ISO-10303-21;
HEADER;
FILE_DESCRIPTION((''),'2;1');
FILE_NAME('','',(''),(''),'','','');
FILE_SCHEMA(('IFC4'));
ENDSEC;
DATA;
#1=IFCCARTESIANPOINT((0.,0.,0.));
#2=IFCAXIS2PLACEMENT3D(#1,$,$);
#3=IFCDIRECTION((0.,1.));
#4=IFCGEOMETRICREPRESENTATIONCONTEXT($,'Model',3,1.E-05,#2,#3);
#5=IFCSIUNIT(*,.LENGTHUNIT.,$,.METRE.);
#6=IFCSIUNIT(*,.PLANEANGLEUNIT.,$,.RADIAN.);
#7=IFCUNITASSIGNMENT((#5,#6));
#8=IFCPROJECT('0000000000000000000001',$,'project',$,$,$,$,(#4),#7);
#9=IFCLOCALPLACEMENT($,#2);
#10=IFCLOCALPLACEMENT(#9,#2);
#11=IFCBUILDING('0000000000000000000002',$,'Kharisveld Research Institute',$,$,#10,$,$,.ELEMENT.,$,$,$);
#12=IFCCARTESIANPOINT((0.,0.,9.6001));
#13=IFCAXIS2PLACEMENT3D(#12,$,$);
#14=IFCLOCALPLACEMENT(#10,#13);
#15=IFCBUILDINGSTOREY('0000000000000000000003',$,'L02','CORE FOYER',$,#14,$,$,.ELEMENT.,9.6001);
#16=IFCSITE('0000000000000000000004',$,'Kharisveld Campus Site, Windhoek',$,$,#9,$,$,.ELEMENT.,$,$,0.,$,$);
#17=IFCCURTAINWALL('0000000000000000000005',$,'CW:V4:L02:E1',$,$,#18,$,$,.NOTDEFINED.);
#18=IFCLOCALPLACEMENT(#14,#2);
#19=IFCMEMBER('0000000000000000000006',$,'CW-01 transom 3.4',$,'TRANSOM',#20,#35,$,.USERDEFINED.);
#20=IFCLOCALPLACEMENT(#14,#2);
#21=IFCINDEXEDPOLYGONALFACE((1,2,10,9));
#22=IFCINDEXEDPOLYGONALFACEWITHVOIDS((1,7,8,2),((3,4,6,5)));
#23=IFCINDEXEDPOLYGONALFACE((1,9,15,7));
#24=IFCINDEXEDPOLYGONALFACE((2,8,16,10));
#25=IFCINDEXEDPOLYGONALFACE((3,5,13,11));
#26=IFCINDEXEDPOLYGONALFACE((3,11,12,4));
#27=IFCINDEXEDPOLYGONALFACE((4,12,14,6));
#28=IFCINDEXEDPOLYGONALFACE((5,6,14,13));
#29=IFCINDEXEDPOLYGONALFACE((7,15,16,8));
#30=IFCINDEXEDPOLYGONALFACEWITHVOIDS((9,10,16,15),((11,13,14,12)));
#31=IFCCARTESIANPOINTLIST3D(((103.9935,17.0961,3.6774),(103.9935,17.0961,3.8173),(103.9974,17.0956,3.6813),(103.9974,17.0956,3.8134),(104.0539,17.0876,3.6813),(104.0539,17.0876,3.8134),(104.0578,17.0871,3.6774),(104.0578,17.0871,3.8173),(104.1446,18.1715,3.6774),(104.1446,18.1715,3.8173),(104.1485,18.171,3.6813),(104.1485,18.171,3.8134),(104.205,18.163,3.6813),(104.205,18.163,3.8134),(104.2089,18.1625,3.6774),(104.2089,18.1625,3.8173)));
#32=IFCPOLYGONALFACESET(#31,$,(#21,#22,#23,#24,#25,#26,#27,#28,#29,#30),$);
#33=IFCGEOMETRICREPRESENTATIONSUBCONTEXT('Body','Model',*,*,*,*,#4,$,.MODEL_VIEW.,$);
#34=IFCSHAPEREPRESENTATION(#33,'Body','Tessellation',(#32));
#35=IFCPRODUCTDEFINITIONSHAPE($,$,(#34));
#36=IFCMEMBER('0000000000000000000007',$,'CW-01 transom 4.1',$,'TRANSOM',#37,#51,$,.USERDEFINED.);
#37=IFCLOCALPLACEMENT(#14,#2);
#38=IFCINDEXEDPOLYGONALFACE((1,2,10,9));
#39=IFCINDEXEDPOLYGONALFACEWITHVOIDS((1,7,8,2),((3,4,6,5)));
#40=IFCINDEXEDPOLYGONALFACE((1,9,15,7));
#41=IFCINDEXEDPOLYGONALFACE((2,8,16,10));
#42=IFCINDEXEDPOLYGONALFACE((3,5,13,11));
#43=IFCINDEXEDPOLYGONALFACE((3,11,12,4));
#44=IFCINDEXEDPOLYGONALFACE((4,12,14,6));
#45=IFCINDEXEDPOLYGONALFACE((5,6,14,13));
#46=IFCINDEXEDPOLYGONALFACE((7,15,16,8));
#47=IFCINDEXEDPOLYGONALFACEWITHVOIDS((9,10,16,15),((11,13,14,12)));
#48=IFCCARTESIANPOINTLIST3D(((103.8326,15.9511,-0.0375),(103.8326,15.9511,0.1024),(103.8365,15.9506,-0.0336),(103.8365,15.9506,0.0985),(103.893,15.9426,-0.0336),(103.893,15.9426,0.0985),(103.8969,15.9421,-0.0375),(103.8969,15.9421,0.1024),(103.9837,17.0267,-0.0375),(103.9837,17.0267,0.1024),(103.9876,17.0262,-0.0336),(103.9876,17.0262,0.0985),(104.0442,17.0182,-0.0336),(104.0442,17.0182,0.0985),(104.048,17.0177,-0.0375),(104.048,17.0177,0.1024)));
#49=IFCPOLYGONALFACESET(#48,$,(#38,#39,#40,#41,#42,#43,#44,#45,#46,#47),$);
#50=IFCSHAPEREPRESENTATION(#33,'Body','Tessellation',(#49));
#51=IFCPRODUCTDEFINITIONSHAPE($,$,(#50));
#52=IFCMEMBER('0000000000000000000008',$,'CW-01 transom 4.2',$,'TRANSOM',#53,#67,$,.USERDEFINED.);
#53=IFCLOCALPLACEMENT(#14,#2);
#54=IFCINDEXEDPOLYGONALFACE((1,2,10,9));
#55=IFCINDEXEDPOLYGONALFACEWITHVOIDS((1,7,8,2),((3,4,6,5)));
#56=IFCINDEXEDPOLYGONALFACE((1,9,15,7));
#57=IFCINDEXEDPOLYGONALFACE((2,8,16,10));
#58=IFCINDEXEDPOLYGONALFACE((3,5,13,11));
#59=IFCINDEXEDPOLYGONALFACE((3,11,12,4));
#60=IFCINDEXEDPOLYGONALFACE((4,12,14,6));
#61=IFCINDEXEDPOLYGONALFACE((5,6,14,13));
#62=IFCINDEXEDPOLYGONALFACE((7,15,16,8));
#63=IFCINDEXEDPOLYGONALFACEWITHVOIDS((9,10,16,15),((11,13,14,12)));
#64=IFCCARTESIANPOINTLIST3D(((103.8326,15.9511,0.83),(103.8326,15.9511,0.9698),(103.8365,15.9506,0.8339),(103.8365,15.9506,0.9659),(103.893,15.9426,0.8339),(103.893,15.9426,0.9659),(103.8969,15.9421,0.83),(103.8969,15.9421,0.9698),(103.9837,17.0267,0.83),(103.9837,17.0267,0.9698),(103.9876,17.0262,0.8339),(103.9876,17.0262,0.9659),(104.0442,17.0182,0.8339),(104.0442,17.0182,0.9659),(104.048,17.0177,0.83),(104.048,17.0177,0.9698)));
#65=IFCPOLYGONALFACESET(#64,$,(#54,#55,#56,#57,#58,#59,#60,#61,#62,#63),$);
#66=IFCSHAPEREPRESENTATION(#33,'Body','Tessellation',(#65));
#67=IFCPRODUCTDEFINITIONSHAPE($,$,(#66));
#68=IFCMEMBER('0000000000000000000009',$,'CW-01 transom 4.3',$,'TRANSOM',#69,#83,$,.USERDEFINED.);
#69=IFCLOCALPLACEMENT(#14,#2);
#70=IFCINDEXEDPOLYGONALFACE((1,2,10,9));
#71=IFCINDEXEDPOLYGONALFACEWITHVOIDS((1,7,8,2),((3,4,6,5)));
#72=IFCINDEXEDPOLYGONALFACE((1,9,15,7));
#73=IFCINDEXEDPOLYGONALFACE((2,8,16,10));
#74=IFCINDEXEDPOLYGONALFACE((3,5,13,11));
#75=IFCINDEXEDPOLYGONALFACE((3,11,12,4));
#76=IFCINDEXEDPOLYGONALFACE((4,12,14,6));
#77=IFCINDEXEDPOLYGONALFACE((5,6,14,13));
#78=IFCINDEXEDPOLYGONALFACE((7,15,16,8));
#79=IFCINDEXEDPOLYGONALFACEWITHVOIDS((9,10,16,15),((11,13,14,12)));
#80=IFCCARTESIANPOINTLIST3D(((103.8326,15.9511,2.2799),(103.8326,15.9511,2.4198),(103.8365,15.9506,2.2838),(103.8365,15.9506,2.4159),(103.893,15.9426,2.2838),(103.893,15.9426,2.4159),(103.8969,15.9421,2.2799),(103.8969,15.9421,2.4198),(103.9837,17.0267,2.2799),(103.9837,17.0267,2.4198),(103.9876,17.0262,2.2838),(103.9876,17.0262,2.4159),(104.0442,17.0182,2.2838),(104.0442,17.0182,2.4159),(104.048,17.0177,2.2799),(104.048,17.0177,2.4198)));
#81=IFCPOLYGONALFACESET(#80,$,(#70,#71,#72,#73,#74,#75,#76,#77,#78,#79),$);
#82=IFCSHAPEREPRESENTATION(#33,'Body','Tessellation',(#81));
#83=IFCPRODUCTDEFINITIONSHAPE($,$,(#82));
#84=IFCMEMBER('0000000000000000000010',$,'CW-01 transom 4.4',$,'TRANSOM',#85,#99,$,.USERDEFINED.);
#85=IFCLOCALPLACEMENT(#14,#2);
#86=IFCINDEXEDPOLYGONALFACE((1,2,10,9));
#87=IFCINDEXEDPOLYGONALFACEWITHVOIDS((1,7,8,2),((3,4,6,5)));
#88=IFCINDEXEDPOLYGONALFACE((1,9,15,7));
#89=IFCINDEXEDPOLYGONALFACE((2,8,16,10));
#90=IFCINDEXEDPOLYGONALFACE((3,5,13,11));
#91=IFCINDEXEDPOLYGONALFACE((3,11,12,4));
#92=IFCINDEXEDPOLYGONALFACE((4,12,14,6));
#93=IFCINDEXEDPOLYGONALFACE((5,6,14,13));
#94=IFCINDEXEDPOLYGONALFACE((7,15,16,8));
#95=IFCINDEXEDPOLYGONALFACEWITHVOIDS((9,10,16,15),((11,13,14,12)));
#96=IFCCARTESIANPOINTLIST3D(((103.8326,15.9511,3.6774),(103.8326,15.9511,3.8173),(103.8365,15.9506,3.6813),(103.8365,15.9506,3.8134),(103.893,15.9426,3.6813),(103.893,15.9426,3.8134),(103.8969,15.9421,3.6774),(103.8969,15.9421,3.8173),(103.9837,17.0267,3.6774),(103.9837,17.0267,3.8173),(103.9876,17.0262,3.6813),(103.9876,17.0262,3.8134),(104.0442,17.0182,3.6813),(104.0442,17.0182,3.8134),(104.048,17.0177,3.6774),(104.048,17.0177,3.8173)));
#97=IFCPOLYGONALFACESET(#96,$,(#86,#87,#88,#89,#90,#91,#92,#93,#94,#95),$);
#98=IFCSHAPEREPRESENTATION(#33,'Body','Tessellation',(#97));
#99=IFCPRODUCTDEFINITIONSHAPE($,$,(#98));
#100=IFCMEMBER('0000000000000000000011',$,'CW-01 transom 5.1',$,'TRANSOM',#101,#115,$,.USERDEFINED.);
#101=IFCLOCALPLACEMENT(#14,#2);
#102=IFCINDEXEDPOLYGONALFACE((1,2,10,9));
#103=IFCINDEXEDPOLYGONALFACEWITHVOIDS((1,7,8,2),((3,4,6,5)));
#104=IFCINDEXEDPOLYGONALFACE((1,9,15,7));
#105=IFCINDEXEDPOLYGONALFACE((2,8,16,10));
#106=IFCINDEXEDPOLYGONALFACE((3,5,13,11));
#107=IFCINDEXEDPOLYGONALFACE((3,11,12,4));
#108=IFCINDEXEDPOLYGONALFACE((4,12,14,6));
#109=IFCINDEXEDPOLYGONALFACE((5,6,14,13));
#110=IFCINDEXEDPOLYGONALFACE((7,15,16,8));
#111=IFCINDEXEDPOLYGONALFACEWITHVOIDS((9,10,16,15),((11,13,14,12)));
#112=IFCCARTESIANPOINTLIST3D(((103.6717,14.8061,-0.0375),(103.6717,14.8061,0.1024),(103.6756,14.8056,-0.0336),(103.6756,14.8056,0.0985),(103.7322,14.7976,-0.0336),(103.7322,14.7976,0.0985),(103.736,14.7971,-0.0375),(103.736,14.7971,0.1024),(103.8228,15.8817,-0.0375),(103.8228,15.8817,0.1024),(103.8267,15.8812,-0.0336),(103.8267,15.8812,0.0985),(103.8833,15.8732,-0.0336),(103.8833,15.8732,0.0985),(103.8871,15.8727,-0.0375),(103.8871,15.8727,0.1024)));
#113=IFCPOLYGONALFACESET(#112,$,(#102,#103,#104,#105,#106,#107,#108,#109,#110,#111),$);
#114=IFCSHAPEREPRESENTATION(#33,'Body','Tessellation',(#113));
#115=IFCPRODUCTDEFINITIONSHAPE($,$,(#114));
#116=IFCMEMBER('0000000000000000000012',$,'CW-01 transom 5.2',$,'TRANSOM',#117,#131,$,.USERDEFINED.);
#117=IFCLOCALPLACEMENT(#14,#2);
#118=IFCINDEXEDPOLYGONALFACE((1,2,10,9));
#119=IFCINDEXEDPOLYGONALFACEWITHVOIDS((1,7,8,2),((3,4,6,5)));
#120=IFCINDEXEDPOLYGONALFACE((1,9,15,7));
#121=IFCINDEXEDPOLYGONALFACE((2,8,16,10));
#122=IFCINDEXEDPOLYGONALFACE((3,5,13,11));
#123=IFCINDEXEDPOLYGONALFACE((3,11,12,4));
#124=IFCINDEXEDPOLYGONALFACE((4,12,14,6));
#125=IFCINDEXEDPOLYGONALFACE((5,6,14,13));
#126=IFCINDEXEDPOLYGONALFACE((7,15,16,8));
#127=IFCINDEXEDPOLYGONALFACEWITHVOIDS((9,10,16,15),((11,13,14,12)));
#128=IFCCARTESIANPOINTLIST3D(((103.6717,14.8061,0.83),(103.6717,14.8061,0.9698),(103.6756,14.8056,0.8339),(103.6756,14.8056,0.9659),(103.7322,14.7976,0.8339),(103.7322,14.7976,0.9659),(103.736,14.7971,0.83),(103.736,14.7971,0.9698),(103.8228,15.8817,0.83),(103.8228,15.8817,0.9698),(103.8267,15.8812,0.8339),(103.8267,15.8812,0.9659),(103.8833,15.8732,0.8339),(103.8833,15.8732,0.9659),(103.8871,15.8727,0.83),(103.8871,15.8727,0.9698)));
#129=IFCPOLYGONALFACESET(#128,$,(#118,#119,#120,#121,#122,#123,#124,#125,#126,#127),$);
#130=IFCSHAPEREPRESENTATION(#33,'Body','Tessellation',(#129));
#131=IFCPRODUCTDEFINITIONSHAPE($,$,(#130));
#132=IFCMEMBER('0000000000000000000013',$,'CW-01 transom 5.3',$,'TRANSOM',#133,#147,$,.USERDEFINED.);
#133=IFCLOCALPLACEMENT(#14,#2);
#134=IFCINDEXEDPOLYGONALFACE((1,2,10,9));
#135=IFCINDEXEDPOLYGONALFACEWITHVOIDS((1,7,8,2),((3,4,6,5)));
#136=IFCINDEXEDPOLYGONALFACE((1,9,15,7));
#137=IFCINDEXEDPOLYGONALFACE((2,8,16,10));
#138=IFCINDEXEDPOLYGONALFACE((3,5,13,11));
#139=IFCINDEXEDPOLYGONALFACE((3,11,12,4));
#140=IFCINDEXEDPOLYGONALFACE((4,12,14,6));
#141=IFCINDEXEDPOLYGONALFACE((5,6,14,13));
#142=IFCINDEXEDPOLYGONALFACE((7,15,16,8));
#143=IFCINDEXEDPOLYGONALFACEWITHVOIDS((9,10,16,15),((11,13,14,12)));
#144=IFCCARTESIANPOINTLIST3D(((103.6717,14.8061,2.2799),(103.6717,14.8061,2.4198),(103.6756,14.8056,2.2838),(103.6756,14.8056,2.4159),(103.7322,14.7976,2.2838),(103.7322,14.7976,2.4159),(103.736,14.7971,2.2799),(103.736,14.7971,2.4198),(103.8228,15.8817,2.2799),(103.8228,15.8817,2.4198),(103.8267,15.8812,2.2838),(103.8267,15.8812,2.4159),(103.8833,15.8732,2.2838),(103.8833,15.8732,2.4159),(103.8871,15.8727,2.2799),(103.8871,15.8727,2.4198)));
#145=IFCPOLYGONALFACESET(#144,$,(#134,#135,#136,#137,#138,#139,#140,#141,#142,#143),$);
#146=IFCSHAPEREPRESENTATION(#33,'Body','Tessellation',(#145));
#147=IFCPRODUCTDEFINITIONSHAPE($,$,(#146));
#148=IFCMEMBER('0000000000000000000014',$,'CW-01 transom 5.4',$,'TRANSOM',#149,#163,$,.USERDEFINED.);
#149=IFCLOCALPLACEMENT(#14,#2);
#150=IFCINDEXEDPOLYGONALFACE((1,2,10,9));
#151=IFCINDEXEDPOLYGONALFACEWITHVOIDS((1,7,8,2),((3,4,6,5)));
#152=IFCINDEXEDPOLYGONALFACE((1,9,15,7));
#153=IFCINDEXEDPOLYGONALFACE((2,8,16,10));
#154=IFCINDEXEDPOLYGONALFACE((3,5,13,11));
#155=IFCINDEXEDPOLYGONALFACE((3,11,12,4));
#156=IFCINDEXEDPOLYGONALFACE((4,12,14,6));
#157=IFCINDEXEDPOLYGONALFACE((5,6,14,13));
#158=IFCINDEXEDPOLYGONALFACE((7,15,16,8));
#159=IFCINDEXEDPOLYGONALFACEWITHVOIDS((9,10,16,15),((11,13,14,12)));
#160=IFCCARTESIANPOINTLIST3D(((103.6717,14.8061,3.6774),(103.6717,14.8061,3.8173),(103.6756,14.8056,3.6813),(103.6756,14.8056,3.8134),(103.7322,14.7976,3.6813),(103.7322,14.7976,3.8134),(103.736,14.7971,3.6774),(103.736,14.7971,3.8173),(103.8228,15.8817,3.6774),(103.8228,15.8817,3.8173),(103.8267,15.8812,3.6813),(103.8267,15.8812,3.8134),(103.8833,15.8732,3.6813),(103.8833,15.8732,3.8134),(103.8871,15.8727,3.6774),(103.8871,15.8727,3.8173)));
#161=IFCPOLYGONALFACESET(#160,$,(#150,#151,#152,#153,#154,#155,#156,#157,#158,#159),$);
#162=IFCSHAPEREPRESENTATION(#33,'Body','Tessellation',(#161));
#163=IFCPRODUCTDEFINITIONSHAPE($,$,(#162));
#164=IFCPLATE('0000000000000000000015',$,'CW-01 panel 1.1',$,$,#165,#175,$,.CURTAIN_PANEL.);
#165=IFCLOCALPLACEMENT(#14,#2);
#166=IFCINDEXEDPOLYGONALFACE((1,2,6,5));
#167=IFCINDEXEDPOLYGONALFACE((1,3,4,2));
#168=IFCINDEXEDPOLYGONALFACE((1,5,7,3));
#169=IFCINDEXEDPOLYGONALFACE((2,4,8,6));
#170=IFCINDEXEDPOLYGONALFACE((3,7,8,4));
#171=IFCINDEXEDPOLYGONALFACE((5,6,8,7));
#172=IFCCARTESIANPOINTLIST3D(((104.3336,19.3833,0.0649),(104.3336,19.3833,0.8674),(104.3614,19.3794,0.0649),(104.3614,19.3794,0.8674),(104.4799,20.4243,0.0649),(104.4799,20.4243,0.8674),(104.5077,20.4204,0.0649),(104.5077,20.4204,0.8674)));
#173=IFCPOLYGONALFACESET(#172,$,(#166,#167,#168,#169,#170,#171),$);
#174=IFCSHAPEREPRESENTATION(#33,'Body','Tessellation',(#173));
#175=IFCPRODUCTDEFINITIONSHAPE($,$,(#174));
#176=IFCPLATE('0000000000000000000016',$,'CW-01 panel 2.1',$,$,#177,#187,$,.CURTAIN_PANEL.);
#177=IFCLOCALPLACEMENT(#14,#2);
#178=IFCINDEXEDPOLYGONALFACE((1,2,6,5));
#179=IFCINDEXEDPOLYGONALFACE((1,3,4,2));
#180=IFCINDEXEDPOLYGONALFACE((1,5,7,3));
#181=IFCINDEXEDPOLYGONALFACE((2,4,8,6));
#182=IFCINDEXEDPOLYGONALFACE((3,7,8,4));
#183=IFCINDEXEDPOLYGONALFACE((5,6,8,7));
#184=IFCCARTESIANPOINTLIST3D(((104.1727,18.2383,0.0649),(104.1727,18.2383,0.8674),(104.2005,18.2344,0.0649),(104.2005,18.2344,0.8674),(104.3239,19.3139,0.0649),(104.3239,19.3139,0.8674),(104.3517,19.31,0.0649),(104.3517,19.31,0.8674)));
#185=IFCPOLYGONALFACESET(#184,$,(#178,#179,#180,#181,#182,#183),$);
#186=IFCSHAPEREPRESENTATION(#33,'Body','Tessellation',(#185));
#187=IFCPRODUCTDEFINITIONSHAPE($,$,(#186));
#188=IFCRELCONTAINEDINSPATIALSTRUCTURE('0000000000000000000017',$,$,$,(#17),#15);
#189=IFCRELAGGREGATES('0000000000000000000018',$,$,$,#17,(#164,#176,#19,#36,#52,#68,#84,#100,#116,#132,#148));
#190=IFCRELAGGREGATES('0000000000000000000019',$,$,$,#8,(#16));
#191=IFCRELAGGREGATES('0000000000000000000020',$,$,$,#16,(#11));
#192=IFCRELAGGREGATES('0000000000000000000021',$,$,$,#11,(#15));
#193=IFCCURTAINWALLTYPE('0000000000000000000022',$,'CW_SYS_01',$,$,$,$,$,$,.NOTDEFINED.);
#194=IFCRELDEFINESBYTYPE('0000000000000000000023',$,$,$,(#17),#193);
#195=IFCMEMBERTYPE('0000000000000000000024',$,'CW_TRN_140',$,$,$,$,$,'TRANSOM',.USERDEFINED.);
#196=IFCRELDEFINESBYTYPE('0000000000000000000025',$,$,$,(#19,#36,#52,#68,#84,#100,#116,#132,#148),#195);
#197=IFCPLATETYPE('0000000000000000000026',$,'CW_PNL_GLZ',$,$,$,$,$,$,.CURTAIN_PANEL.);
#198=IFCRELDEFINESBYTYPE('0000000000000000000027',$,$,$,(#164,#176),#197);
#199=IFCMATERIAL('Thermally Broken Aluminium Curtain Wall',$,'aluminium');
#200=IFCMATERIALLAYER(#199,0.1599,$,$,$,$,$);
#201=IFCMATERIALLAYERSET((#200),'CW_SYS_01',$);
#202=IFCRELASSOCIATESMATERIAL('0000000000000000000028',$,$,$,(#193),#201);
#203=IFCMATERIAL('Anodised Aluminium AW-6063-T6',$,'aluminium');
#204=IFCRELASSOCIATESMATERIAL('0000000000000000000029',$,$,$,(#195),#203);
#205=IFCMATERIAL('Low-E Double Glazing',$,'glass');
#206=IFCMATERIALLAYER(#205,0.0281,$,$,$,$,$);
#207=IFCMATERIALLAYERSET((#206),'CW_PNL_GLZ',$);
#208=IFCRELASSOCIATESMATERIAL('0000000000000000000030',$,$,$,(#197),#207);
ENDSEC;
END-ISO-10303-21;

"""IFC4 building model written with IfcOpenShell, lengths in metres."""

from ifc_helpers import new_model, si_unit, direction, frame, origin, origin_2d, place, context, subcontext, project, spatial, rectangle, hollow_rectangle, extrude, material, layer, layer_set, material_profile, profile_set, type_object, element, aggregate, save


model = new_model("IFC4")

# Units and contexts
model_context = context("Model", 3, precision=1e-05, world=origin(), true_north=direction((0.0, 1.0)))
body_context = subcontext(model_context, "Body", "Model", "MODEL_VIEW")
ifc_project = project(units=[si_unit("LENGTHUNIT", "METRE"), si_unit("PLANEANGLEUNIT", "RADIAN")], contexts=[model_context])

# Site, building, storey
site_placement = place(None, origin())
site = spatial("IfcSite", under=ifc_project, at=site_placement, Name="Kharisveld Campus Site, Windhoek", CompositionType="ELEMENT", RefElevation=0.0)
building_placement = place(site_placement, origin())
building = spatial("IfcBuilding", under=site, at=building_placement, Name="Kharisveld Research Institute", CompositionType="ELEMENT")
storey_placement = place(building_placement, frame((0.0, 0.0, 9.6001)))
storey = spatial("IfcBuildingStorey", under=building, at=storey_placement, Name="L02", Description="CORE FOYER", CompositionType="ELEMENT", Elevation=9.6001)

# Curtain wall, members, plates
ifc_material_1 = material(Name="Thermally Broken Aluminium Curtain Wall", Category="aluminium")
ifc_layer_1 = layer(ifc_material_1, 0.1599)
ifc_layer_set_1 = layer_set([ifc_layer_1], Name="CW_SYS_01")
curtain_wall_type = type_object("IfcCurtainWallType", Name="CW_SYS_01", PredefinedType="NOTDEFINED", material=ifc_layer_set_1)
curtain_wall_placement = place(storey_placement, origin())
curtain_wall = element("IfcCurtainWall", 1, at=curtain_wall_placement, inside=storey, type_object=curtain_wall_type, Name="CW:V4:L02:E1", PredefinedType="NOTDEFINED")
ifc_material_2 = material(Name="Anodised Aluminium AW-6063-T6", Category="aluminium")
ifc_material_profile_1 = material_profile(ifc_material_2, hollow_rectangle(XDim=0.0649, YDim=0.1399, WallThickness=0.0039, at=origin_2d()))
ifc_profile_set_1 = profile_set([ifc_material_profile_1], Name="Anodised Aluminium AW-6063-T6")
member_type_1 = type_object("IfcMemberType", Name="CW_TRN_140", ElementType="TRANSOM", PredefinedType="USERDEFINED", material=ifc_profile_set_1)
member_1_placement = place(storey_placement, frame((104.1768, 18.167, 3.7473), z_axis=(-0.139155, -0.990271, 0.0), x_axis=(0.990271, -0.139155, 0.0)))
member_1 = element("IfcMember", 2, at=member_1_placement, type_object=member_type_1, Name="CW-01 transom 3.4", ObjectType="TRANSOM", PredefinedType="USERDEFINED", context=body_context, shape_type="SweptSolid", body=[
    extrude(hollow_rectangle(XDim=0.0649, YDim=0.1399, WallThickness=0.0039, at=origin_2d()), origin(), (0.0, 0.0, 1.0), 1.0859),
])
member_2_placement = place(storey_placement, frame((104.0159, 17.0222, 0.0325), z_axis=(-0.139124, -0.990275, 0.0), x_axis=(0.990275, -0.139124, 0.0)))
member_2 = element("IfcMember", 3, at=member_2_placement, type_object=member_type_1, Name="CW-01 transom 4.1", ObjectType="TRANSOM", PredefinedType="USERDEFINED", context=body_context, shape_type="SweptSolid", body=[
    extrude(hollow_rectangle(XDim=0.0649, YDim=0.1399, WallThickness=0.0039, at=origin_2d()), origin(), (0.0, 0.0, 1.0), 1.0862),
])
member_3_placement = place(storey_placement, frame((104.0159, 17.0222, 0.8999), z_axis=(-0.139124, -0.990275, 0.0), x_axis=(0.990275, -0.139124, 0.0)))
member_3 = element("IfcMember", 4, at=member_3_placement, type_object=member_type_1, Name="CW-01 transom 4.2", ObjectType="TRANSOM", PredefinedType="USERDEFINED", context=body_context, shape_type="SweptSolid", body=[
    extrude(hollow_rectangle(XDim=0.0649, YDim=0.1399, WallThickness=0.0039, at=origin_2d()), origin(), (0.0, 0.0, 1.0), 1.0862),
])
member_4_placement = place(storey_placement, frame((104.0159, 17.0222, 2.3499), z_axis=(-0.139124, -0.990275, 0.0), x_axis=(0.990275, -0.139124, 0.0)))
member_4 = element("IfcMember", 5, at=member_4_placement, type_object=member_type_1, Name="CW-01 transom 4.3", ObjectType="TRANSOM", PredefinedType="USERDEFINED", context=body_context, shape_type="SweptSolid", body=[
    extrude(hollow_rectangle(XDim=0.0649, YDim=0.1399, WallThickness=0.0039, at=origin_2d()), origin(), (0.0, 0.0, 1.0), 1.0862),
])
member_5_placement = place(storey_placement, frame((104.0159, 17.0222, 3.7473), z_axis=(-0.139124, -0.990275, 0.0), x_axis=(0.990275, -0.139124, 0.0)))
member_5 = element("IfcMember", 6, at=member_5_placement, type_object=member_type_1, Name="CW-01 transom 4.4", ObjectType="TRANSOM", PredefinedType="USERDEFINED", context=body_context, shape_type="SweptSolid", body=[
    extrude(hollow_rectangle(XDim=0.0649, YDim=0.1399, WallThickness=0.0039, at=origin_2d()), origin(), (0.0, 0.0, 1.0), 1.0862),
])
member_6_placement = place(storey_placement, frame((103.855, 15.8772, 0.0325), z_axis=(-0.139124, -0.990275, 0.0), x_axis=(0.990275, -0.139124, 0.0)))
member_6 = element("IfcMember", 7, at=member_6_placement, type_object=member_type_1, Name="CW-01 transom 5.1", ObjectType="TRANSOM", PredefinedType="USERDEFINED", context=body_context, shape_type="SweptSolid", body=[
    extrude(hollow_rectangle(XDim=0.0649, YDim=0.1399, WallThickness=0.0039, at=origin_2d()), origin(), (0.0, 0.0, 1.0), 1.0862),
])
member_7_placement = place(storey_placement, frame((103.855, 15.8772, 0.8999), z_axis=(-0.139124, -0.990275, 0.0), x_axis=(0.990275, -0.139124, 0.0)))
member_7 = element("IfcMember", 8, at=member_7_placement, type_object=member_type_1, Name="CW-01 transom 5.2", ObjectType="TRANSOM", PredefinedType="USERDEFINED", context=body_context, shape_type="SweptSolid", body=[
    extrude(hollow_rectangle(XDim=0.0649, YDim=0.1399, WallThickness=0.0039, at=origin_2d()), origin(), (0.0, 0.0, 1.0), 1.0862),
])
member_8_placement = place(storey_placement, frame((103.855, 15.8772, 2.3499), z_axis=(-0.139124, -0.990275, 0.0), x_axis=(0.990275, -0.139124, 0.0)))
member_8 = element("IfcMember", 9, at=member_8_placement, type_object=member_type_1, Name="CW-01 transom 5.3", ObjectType="TRANSOM", PredefinedType="USERDEFINED", context=body_context, shape_type="SweptSolid", body=[
    extrude(hollow_rectangle(XDim=0.0649, YDim=0.1399, WallThickness=0.0039, at=origin_2d()), origin(), (0.0, 0.0, 1.0), 1.0862),
])
member_9_placement = place(storey_placement, frame((103.855, 15.8772, 3.7473), z_axis=(-0.139124, -0.990275, 0.0), x_axis=(0.990275, -0.139124, 0.0)))
member_9 = element("IfcMember", 10, at=member_9_placement, type_object=member_type_1, Name="CW-01 transom 5.4", ObjectType="TRANSOM", PredefinedType="USERDEFINED", context=body_context, shape_type="SweptSolid", body=[
    extrude(hollow_rectangle(XDim=0.0649, YDim=0.1399, WallThickness=0.0039, at=origin_2d()), origin(), (0.0, 0.0, 1.0), 1.0862),
])
ifc_material_3 = material(Name="Low-E Double Glazing", Category="glass")
ifc_layer_2 = layer(ifc_material_3, 0.0281)
ifc_layer_set_2 = layer_set([ifc_layer_2], Name="CW_PNL_GLZ")
plate_type = type_object("IfcPlateType", Name="CW_PNL_GLZ", PredefinedType="CURTAIN_PANEL", material=ifc_layer_set_2)
plate_1_placement = place(storey_placement, frame((104.4207, 19.9019, 0.0649), z_axis=(0.0, 0.0, 1.0), x_axis=(-0.139173, -0.990268, 0.0)))
plate_1 = element("IfcPlate", 11, at=plate_1_placement, type_object=plate_type, Name="CW-01 panel 1.1", PredefinedType="CURTAIN_PANEL", context=body_context, shape_type="SweptSolid", body=[
    extrude(rectangle(XDim=1.0513, YDim=0.0281, at=origin_2d()), origin(), (0.0, 0.0, 1.0), 0.8025),
])
plate_2_placement = place(storey_placement, frame((104.2622, 18.7742, 0.0649), z_axis=(0.0, 0.0, 1.0), x_axis=(-0.139173, -0.990268, 0.0)))
plate_2 = element("IfcPlate", 12, at=plate_2_placement, type_object=plate_type, Name="CW-01 panel 2.1", PredefinedType="CURTAIN_PANEL", context=body_context, shape_type="SweptSolid", body=[
    extrude(rectangle(XDim=1.0862, YDim=0.0281, at=origin_2d()), origin(), (0.0, 0.0, 1.0), 0.8025),
])
aggregate(curtain_wall, [plate_1, plate_2, member_1, member_2, member_3, member_4, member_5, member_6, member_7, member_8, member_9])

save(model, "model.ifc")
